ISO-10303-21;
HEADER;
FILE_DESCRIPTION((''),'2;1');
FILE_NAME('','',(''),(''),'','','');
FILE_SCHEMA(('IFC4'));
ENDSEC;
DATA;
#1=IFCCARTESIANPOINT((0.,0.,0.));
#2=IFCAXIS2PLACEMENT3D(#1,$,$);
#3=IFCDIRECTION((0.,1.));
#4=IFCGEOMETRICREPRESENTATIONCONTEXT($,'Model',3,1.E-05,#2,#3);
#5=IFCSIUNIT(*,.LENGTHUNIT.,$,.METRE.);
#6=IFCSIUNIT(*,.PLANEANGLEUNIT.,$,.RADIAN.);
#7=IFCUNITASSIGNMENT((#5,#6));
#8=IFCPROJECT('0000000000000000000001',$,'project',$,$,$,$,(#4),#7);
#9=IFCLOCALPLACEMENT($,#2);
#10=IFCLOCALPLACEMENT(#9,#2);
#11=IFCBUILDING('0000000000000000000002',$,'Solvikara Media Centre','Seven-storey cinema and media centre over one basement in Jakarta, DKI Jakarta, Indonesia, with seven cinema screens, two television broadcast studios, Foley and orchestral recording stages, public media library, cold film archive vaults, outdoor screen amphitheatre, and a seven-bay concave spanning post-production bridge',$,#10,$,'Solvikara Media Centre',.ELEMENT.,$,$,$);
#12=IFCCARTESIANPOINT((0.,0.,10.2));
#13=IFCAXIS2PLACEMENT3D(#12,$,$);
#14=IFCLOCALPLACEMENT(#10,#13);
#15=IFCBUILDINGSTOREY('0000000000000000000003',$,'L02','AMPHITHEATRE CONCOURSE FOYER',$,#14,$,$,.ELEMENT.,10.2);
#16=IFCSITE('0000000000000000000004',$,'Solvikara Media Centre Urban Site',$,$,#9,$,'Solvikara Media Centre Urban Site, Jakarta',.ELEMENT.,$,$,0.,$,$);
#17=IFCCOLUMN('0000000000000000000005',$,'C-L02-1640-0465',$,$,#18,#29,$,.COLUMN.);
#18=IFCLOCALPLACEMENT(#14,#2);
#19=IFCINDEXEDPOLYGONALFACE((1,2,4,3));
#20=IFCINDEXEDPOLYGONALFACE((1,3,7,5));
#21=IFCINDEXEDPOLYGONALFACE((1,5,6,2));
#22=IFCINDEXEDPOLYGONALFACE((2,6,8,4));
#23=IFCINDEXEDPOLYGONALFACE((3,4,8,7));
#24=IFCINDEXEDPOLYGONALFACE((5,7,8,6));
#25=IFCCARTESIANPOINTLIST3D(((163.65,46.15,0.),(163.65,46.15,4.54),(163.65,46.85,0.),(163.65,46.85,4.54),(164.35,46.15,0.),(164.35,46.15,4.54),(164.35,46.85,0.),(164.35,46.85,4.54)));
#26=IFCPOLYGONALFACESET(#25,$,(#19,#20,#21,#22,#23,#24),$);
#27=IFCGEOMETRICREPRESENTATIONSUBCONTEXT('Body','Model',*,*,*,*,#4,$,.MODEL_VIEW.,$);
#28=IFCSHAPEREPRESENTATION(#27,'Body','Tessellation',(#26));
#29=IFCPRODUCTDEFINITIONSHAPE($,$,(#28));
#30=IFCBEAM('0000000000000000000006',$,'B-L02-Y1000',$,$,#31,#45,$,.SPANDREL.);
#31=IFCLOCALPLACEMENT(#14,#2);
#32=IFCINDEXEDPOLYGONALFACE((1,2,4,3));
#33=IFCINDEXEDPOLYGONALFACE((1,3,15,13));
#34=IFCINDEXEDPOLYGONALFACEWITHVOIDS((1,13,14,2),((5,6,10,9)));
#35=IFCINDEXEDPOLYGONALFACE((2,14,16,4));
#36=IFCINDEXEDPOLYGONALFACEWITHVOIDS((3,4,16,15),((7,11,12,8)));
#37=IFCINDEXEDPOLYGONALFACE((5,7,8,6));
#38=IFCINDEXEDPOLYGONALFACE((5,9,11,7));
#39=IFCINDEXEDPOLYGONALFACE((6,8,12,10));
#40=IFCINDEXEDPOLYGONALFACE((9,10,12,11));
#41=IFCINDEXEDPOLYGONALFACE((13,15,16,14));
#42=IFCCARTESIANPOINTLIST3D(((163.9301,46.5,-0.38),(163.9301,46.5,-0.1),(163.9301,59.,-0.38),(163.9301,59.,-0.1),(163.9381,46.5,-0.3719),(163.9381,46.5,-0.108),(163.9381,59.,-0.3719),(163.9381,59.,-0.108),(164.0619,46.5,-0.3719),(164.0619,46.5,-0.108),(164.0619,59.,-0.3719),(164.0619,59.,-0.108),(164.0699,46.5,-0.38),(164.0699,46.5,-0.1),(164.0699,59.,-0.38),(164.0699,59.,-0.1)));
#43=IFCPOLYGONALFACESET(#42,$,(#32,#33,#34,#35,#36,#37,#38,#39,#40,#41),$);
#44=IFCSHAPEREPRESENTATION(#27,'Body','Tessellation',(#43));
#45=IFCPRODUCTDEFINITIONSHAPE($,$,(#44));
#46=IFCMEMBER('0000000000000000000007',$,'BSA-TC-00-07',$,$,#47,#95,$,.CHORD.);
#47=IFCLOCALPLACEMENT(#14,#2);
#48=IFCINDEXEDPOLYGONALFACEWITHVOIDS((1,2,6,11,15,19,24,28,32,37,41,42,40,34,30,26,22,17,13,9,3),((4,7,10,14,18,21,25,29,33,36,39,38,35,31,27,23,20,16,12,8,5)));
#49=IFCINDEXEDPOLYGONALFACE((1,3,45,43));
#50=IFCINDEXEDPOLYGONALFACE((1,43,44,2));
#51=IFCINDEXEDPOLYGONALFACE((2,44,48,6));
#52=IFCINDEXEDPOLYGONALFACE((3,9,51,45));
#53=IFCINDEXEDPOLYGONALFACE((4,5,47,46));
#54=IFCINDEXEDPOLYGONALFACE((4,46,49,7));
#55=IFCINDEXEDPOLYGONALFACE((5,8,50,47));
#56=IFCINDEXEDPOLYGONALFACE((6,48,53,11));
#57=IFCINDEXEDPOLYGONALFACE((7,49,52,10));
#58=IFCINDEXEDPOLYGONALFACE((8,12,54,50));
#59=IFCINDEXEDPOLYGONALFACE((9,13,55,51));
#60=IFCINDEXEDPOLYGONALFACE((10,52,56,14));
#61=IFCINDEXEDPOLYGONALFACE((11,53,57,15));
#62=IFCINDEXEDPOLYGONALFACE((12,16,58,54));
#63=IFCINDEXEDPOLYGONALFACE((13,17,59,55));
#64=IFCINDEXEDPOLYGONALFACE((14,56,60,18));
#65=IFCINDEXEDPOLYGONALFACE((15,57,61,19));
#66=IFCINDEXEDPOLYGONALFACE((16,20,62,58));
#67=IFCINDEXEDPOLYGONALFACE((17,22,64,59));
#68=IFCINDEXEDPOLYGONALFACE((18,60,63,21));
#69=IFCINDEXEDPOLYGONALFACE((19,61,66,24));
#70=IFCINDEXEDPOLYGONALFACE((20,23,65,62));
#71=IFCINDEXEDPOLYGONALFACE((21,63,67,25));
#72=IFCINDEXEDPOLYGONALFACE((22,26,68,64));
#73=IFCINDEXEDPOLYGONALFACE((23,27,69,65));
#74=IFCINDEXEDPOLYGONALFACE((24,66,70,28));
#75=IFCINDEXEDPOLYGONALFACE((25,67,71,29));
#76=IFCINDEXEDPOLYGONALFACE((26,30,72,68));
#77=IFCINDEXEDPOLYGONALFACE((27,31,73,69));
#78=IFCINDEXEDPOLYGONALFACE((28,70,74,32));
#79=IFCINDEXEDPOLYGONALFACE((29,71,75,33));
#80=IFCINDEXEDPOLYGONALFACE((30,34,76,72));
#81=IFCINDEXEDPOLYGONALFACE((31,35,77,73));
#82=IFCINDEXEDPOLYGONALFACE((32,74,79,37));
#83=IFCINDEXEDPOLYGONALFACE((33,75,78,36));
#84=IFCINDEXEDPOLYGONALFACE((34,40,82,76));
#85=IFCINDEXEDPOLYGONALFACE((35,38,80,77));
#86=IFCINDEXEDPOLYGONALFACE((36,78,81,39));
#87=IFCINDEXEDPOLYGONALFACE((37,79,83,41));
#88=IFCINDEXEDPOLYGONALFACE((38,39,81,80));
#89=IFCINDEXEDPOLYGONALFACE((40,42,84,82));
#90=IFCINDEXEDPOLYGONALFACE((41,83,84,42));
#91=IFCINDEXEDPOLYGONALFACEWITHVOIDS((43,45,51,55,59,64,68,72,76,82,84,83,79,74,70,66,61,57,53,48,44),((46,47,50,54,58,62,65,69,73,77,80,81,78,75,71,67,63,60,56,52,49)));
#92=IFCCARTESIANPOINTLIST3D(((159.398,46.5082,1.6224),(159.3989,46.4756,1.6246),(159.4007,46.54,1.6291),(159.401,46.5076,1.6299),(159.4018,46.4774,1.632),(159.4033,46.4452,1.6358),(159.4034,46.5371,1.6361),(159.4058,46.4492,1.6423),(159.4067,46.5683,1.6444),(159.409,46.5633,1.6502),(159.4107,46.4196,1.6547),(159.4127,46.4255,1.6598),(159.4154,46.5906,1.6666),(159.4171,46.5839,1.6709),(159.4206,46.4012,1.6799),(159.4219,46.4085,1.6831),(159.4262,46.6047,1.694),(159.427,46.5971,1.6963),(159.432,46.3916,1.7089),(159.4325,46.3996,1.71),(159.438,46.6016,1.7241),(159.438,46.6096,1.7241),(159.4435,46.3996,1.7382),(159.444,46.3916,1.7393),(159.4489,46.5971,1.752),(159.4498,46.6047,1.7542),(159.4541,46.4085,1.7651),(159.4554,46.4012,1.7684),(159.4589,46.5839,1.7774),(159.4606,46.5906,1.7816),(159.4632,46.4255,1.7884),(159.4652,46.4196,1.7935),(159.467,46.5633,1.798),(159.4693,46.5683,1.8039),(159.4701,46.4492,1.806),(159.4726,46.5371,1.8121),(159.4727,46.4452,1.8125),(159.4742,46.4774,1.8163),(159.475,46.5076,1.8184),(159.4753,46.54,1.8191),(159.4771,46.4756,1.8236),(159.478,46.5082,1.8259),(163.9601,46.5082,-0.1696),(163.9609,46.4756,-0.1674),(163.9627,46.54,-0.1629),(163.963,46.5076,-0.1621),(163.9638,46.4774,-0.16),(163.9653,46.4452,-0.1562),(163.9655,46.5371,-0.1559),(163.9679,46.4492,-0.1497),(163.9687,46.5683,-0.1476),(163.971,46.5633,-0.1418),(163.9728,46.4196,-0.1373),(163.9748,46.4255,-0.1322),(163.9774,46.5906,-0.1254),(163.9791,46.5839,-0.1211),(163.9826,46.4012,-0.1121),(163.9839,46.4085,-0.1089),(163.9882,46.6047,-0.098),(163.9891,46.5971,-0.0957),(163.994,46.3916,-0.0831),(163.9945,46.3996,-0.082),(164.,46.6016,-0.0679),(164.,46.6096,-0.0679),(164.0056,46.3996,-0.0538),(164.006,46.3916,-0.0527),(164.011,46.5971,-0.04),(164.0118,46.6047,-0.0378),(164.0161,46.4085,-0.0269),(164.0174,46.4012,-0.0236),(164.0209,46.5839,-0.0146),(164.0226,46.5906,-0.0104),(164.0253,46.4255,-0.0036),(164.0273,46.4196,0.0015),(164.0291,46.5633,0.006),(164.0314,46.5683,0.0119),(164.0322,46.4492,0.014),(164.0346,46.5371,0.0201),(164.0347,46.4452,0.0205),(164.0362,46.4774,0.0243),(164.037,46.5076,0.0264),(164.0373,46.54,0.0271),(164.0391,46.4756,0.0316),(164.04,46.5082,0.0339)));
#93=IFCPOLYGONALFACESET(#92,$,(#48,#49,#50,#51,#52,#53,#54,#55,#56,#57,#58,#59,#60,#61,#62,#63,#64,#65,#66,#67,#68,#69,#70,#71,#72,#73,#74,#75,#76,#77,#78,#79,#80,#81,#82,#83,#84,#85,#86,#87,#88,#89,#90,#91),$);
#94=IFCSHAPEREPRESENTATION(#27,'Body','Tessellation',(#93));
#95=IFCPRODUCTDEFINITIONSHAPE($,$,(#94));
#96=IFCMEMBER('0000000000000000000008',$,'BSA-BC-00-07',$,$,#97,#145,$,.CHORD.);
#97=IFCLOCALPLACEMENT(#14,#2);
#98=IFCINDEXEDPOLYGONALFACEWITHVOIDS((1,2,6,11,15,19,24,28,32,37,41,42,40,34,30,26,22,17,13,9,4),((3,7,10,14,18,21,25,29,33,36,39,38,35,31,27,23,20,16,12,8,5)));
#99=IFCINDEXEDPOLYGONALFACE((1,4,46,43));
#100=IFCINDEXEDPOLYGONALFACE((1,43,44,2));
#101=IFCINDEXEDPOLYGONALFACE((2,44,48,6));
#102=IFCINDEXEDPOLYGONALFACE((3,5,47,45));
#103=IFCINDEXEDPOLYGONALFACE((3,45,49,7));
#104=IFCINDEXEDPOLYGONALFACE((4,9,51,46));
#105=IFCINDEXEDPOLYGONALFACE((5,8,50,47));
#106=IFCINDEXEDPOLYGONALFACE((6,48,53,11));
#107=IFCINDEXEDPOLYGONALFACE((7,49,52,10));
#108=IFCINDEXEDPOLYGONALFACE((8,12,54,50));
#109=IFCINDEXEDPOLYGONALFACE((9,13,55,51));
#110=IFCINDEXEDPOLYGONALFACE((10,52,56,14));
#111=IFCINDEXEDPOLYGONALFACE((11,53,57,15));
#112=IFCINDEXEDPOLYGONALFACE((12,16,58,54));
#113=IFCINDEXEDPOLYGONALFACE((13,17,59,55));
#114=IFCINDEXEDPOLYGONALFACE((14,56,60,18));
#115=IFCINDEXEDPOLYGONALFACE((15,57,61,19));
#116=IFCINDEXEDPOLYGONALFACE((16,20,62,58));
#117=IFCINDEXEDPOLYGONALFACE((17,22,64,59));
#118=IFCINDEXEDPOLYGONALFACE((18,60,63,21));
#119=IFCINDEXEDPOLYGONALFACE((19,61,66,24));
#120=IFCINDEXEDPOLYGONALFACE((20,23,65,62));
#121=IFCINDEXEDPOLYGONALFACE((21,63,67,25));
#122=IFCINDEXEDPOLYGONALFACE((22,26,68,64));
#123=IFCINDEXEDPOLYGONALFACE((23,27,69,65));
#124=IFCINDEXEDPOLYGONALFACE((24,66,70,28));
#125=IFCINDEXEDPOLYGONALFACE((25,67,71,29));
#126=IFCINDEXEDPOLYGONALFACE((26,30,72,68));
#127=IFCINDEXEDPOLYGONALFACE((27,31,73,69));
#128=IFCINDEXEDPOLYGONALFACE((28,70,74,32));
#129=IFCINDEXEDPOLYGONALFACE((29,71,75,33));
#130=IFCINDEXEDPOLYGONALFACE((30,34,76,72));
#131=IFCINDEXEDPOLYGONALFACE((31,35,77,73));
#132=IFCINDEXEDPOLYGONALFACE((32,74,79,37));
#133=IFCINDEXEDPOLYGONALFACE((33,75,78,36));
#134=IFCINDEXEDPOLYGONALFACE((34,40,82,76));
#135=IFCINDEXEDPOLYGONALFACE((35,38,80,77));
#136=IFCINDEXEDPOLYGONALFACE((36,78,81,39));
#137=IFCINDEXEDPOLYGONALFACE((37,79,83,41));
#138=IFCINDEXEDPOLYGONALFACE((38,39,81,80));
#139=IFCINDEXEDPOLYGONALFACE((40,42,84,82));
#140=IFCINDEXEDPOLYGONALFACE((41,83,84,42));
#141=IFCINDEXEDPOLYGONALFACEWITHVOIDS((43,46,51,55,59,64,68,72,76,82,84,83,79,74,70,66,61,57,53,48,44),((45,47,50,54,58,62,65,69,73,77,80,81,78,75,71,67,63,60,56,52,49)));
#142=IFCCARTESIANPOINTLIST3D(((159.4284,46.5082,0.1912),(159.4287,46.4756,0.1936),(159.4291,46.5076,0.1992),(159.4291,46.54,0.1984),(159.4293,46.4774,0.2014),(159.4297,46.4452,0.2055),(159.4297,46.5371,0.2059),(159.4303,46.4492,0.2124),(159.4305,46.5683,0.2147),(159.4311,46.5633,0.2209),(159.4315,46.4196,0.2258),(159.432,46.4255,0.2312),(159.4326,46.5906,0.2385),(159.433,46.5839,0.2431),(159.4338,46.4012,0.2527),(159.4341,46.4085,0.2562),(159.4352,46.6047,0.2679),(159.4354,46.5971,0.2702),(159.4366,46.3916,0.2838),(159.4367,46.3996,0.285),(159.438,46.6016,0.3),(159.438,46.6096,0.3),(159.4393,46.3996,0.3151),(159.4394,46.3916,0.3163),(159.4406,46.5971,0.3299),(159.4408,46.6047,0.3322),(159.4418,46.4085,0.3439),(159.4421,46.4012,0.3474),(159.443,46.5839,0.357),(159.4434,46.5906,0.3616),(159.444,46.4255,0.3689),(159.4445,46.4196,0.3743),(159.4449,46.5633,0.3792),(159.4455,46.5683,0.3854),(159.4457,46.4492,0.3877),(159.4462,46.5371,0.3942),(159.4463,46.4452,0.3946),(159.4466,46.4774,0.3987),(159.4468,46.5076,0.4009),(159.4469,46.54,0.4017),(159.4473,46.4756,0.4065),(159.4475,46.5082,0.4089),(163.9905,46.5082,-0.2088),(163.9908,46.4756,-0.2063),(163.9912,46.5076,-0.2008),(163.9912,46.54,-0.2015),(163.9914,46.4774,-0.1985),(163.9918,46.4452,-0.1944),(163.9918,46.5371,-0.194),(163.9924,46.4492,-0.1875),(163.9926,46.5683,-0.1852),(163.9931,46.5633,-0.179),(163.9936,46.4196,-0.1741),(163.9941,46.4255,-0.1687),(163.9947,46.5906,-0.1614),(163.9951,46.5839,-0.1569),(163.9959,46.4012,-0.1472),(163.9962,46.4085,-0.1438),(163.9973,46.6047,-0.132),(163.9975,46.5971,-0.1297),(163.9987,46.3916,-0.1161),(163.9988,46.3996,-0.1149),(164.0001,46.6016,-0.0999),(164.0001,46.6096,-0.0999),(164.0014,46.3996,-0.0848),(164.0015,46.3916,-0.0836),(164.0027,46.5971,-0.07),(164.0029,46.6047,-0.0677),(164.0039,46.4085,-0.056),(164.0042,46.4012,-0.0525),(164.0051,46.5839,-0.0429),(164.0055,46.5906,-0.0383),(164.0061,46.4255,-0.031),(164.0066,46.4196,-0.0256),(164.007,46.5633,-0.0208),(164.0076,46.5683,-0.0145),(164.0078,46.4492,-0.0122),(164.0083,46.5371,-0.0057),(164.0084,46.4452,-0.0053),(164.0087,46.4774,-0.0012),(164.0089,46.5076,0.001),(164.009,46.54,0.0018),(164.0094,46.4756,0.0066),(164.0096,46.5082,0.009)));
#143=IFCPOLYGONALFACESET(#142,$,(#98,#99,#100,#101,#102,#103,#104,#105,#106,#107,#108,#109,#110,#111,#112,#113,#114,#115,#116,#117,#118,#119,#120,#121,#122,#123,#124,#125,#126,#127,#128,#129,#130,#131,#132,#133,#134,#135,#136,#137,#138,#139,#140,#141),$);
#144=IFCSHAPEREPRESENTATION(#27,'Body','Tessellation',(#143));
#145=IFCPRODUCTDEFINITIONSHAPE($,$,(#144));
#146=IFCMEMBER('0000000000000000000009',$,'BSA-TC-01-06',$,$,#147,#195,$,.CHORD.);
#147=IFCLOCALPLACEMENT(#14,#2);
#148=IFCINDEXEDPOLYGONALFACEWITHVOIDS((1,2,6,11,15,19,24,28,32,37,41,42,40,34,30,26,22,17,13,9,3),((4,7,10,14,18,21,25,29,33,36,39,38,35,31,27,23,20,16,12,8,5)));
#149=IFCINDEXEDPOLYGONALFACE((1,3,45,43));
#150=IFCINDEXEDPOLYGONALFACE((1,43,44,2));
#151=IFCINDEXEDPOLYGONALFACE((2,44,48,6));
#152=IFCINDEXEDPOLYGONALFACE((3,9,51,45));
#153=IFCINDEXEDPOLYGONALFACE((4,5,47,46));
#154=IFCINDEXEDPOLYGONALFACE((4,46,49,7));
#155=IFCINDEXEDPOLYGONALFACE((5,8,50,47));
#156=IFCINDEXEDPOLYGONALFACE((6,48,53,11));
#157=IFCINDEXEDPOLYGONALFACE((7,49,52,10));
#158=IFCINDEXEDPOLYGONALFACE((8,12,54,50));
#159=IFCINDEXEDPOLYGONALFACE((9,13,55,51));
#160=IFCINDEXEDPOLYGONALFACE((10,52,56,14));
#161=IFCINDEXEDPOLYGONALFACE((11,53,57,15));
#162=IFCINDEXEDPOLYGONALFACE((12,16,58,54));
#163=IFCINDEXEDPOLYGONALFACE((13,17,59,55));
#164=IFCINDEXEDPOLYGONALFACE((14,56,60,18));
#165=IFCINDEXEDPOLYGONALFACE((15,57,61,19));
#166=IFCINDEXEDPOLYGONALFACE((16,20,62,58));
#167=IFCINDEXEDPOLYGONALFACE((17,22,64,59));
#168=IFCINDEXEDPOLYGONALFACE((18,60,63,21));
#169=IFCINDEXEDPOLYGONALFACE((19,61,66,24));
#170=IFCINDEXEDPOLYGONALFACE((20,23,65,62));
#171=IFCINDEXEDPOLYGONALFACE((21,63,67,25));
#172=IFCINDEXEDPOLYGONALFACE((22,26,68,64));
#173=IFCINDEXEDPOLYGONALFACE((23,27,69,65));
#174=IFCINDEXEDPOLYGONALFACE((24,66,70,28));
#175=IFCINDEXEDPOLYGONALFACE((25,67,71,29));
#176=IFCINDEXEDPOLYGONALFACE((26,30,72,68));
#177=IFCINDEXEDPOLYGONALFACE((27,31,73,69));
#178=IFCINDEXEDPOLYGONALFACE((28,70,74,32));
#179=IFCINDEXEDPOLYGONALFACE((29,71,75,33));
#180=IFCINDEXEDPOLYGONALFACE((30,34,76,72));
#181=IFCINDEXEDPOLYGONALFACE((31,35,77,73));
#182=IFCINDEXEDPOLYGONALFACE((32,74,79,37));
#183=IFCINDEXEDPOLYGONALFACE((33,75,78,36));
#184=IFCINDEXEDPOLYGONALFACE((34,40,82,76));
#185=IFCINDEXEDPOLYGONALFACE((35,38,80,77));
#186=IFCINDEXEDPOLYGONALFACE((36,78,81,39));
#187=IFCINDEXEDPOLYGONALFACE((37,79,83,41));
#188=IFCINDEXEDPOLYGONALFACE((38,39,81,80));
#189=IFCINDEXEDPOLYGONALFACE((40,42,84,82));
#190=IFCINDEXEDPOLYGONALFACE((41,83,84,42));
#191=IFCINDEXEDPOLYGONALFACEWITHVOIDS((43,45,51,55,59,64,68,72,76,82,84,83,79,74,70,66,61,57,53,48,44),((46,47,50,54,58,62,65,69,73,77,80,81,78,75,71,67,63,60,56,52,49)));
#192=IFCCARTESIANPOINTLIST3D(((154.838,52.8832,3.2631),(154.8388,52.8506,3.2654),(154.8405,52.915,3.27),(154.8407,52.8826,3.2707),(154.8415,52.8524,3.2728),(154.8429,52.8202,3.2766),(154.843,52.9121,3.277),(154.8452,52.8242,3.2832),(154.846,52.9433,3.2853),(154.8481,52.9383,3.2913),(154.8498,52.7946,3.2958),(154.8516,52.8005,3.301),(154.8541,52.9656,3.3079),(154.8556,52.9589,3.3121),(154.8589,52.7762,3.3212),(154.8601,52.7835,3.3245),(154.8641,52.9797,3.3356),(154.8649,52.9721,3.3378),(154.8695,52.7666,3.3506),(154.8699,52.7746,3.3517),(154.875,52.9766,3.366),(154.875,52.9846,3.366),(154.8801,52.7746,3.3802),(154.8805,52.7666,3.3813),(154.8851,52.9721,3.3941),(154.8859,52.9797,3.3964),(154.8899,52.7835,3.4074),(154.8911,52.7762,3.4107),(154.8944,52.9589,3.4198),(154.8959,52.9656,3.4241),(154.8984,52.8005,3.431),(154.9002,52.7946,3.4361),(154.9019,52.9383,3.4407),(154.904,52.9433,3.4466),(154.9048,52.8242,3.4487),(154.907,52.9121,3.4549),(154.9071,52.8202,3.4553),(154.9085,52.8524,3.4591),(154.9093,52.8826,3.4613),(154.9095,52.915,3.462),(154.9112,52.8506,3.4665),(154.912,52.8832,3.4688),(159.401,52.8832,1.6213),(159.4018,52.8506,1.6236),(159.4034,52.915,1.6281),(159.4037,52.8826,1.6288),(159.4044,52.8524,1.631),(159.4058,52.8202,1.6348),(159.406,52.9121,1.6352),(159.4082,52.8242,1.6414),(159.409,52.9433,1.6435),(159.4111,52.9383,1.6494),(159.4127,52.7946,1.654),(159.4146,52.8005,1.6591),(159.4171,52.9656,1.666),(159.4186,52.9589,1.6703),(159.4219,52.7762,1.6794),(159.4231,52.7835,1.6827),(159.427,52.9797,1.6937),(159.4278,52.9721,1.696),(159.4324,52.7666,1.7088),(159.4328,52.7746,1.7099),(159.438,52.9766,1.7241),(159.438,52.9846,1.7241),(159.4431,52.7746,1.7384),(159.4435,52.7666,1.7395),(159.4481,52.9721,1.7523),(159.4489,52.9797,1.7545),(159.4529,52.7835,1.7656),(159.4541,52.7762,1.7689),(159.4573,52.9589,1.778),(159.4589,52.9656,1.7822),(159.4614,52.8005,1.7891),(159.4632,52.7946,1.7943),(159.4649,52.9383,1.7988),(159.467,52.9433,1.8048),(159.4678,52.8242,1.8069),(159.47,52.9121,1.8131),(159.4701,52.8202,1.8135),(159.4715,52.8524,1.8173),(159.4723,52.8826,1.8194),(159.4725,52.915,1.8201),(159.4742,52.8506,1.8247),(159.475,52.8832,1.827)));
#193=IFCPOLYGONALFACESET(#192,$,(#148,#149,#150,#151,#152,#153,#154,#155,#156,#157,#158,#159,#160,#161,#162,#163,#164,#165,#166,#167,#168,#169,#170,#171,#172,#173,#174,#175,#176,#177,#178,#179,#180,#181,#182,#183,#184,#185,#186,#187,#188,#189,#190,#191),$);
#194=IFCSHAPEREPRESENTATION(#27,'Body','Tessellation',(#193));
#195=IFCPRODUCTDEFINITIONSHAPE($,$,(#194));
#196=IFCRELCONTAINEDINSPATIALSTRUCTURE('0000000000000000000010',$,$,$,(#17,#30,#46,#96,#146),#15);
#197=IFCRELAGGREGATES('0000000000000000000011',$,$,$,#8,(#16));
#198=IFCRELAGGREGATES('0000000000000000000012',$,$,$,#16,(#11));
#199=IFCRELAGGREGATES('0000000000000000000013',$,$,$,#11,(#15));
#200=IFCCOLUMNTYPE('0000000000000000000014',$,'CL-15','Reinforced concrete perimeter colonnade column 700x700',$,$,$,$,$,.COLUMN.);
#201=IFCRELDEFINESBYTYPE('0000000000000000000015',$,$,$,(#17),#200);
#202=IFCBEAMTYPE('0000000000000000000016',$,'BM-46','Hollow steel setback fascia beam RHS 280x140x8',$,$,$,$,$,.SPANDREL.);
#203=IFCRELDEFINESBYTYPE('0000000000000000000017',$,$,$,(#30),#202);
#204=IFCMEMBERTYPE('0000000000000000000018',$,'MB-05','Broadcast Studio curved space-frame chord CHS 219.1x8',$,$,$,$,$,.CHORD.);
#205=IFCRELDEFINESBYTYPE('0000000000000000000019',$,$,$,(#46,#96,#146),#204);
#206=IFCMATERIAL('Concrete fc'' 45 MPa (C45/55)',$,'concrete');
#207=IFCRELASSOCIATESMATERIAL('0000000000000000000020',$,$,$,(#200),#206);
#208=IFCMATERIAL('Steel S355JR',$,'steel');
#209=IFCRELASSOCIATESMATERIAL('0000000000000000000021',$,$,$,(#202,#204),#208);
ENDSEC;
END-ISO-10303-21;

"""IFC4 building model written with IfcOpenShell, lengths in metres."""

from ifc_helpers import new_model, si_unit, direction, frame, origin, origin_2d, place, context, subcontext, project, spatial, rectangle, hollow_rectangle, hollow_circle, extrude, material, material_profile, profile_set, type_object, element, save


model = new_model("IFC4")

# Units and contexts
model_context = context("Model", 3, precision=1e-05, world=origin(), true_north=direction((0.0, 1.0)))
body_context = subcontext(model_context, "Body", "Model", "MODEL_VIEW")
ifc_project = project(units=[si_unit("LENGTHUNIT", "METRE"), si_unit("PLANEANGLEUNIT", "RADIAN")], contexts=[model_context])

# Site, building, storey
site_placement = place(None, origin())
site = spatial("IfcSite", under=ifc_project, at=site_placement, Name="Solvikara Media Centre Urban Site", LongName="Solvikara Media Centre Urban Site, Jakarta", CompositionType="ELEMENT", RefElevation=0.0)
building_placement = place(site_placement, origin())
building = spatial("IfcBuilding", under=site, at=building_placement, Name="Solvikara Media Centre", Description="Seven-storey cinema and media centre over one basement in Jakarta, DKI Jakarta, Indonesia, with seven cinema screens, two television broadcast studios, Foley and orchestral recording stages, public media library, cold film archive vaults, outdoor screen amphitheatre, and a seven-bay concave spanning post-production bridge", LongName="Solvikara Media Centre", CompositionType="ELEMENT")
storey_placement = place(building_placement, frame((0.0, 0.0, 10.2)))
storey = spatial("IfcBuildingStorey", under=building, at=storey_placement, Name="L02", Description="AMPHITHEATRE CONCOURSE FOYER", CompositionType="ELEMENT", Elevation=10.2)

# Column
ifc_material_1 = material(Name="Concrete fc' 45 MPa (C45/55)", Category="concrete")
ifc_material_profile_1 = material_profile(ifc_material_1, rectangle(XDim=0.7, YDim=0.7, at=origin_2d()), Name="RC 700x700")
ifc_profile_set_1 = profile_set([ifc_material_profile_1], Name="Concrete fc' 45 MPa (C45/55)")
column_type = type_object("IfcColumnType", Name="CL-15", Description="Reinforced concrete perimeter colonnade column 700x700", PredefinedType="COLUMN", material=ifc_profile_set_1)
column_placement = place(storey_placement, frame((164.0, 46.5, 0.0), z_axis=(0.0, 0.0, 1.0), x_axis=(1.0, 0.0, 0.0)))
element("IfcColumn", 1, at=column_placement, inside=storey, type_object=column_type, Name="C-L02-1640-0465", PredefinedType="COLUMN", context=body_context, shape_type="SweptSolid", body=[
    extrude(rectangle(XDim=0.7, YDim=0.7, at=origin_2d()), origin(), (0.0, 0.0, 1.0), 4.54),
])

# Beam
ifc_material_2 = material(Name="Steel S355JR", Category="steel")
ifc_material_profile_2 = material_profile(ifc_material_2, hollow_rectangle(XDim=0.1399, YDim=0.28, WallThickness=0.0081, at=origin_2d()), Name="RHS 280x140x8")
ifc_profile_set_2 = profile_set([ifc_material_profile_2], Name="Steel S355JR")
beam_type = type_object("IfcBeamType", Name="BM-46", Description="Hollow steel setback fascia beam RHS 280x140x8", PredefinedType="SPANDREL", material=ifc_profile_set_2)
beam_placement = place(storey_placement, frame((164.0, 46.5, -0.24), z_axis=(0.0, 1.0, 0.0), x_axis=(-1.0, 0.0, 0.0)))
element("IfcBeam", 2, at=beam_placement, inside=storey, type_object=beam_type, Name="B-L02-Y1000", PredefinedType="SPANDREL", context=body_context, shape_type="SweptSolid", body=[
    extrude(hollow_rectangle(XDim=0.1399, YDim=0.28, WallThickness=0.0081, at=origin_2d()), origin(), (0.0, 0.0, 1.0), 12.5),
])

# Members
ifc_material_profile_3 = material_profile(ifc_material_2, hollow_circle(Radius=0.1096, WallThickness=0.0081, at=origin_2d()), Name="CHS 219.1x8")
ifc_profile_set_3 = profile_set([ifc_material_profile_3], Name="Steel S355JR")
member_type_1 = type_object("IfcMemberType", Name="MB-05", Description="Broadcast Studio curved space-frame chord CHS 219.1x8", PredefinedType="CHORD", material=ifc_profile_set_3)
member_1_placement = place(storey_placement, frame((159.438, 46.5, 1.7241), z_axis=(0.930767, 0.0, -0.365612), x_axis=(0.0, 1.0, 0.0)))
element("IfcMember", 3, at=member_1_placement, inside=storey, type_object=member_type_1, Name="BSA-TC-00-07", PredefinedType="CHORD", context=body_context, shape_type="SweptSolid", body=[
    extrude(hollow_circle(Radius=0.1096, WallThickness=0.0081, at=origin_2d()), origin(), (0.0, 0.0, 1.0), 4.9014),
])
member_2_placement = place(storey_placement, frame((159.438, 46.5, 0.3), z_axis=(0.99618, 0.0, -0.087324), x_axis=(0.0, 1.0, 0.0)))
element("IfcMember", 4, at=member_2_placement, inside=storey, type_object=member_type_1, Name="BSA-BC-00-07", PredefinedType="CHORD", context=body_context, shape_type="SweptSolid", body=[
    extrude(hollow_circle(Radius=0.1096, WallThickness=0.0081, at=origin_2d()), origin(), (0.0, 0.0, 1.0), 4.5796),
])
member_3_placement = place(storey_placement, frame((154.875, 52.875, 3.366), z_axis=(0.940942, 0.0, -0.338568), x_axis=(0.0, 1.0, 0.0)))
element("IfcMember", 5, at=member_3_placement, inside=storey, type_object=member_type_1, Name="BSA-TC-01-06", PredefinedType="CHORD", context=body_context, shape_type="SweptSolid", body=[
    extrude(hollow_circle(Radius=0.1096, WallThickness=0.0081, at=origin_2d()), origin(), (0.0, 0.0, 1.0), 4.8494),
])

save(model, "model.ifc")
